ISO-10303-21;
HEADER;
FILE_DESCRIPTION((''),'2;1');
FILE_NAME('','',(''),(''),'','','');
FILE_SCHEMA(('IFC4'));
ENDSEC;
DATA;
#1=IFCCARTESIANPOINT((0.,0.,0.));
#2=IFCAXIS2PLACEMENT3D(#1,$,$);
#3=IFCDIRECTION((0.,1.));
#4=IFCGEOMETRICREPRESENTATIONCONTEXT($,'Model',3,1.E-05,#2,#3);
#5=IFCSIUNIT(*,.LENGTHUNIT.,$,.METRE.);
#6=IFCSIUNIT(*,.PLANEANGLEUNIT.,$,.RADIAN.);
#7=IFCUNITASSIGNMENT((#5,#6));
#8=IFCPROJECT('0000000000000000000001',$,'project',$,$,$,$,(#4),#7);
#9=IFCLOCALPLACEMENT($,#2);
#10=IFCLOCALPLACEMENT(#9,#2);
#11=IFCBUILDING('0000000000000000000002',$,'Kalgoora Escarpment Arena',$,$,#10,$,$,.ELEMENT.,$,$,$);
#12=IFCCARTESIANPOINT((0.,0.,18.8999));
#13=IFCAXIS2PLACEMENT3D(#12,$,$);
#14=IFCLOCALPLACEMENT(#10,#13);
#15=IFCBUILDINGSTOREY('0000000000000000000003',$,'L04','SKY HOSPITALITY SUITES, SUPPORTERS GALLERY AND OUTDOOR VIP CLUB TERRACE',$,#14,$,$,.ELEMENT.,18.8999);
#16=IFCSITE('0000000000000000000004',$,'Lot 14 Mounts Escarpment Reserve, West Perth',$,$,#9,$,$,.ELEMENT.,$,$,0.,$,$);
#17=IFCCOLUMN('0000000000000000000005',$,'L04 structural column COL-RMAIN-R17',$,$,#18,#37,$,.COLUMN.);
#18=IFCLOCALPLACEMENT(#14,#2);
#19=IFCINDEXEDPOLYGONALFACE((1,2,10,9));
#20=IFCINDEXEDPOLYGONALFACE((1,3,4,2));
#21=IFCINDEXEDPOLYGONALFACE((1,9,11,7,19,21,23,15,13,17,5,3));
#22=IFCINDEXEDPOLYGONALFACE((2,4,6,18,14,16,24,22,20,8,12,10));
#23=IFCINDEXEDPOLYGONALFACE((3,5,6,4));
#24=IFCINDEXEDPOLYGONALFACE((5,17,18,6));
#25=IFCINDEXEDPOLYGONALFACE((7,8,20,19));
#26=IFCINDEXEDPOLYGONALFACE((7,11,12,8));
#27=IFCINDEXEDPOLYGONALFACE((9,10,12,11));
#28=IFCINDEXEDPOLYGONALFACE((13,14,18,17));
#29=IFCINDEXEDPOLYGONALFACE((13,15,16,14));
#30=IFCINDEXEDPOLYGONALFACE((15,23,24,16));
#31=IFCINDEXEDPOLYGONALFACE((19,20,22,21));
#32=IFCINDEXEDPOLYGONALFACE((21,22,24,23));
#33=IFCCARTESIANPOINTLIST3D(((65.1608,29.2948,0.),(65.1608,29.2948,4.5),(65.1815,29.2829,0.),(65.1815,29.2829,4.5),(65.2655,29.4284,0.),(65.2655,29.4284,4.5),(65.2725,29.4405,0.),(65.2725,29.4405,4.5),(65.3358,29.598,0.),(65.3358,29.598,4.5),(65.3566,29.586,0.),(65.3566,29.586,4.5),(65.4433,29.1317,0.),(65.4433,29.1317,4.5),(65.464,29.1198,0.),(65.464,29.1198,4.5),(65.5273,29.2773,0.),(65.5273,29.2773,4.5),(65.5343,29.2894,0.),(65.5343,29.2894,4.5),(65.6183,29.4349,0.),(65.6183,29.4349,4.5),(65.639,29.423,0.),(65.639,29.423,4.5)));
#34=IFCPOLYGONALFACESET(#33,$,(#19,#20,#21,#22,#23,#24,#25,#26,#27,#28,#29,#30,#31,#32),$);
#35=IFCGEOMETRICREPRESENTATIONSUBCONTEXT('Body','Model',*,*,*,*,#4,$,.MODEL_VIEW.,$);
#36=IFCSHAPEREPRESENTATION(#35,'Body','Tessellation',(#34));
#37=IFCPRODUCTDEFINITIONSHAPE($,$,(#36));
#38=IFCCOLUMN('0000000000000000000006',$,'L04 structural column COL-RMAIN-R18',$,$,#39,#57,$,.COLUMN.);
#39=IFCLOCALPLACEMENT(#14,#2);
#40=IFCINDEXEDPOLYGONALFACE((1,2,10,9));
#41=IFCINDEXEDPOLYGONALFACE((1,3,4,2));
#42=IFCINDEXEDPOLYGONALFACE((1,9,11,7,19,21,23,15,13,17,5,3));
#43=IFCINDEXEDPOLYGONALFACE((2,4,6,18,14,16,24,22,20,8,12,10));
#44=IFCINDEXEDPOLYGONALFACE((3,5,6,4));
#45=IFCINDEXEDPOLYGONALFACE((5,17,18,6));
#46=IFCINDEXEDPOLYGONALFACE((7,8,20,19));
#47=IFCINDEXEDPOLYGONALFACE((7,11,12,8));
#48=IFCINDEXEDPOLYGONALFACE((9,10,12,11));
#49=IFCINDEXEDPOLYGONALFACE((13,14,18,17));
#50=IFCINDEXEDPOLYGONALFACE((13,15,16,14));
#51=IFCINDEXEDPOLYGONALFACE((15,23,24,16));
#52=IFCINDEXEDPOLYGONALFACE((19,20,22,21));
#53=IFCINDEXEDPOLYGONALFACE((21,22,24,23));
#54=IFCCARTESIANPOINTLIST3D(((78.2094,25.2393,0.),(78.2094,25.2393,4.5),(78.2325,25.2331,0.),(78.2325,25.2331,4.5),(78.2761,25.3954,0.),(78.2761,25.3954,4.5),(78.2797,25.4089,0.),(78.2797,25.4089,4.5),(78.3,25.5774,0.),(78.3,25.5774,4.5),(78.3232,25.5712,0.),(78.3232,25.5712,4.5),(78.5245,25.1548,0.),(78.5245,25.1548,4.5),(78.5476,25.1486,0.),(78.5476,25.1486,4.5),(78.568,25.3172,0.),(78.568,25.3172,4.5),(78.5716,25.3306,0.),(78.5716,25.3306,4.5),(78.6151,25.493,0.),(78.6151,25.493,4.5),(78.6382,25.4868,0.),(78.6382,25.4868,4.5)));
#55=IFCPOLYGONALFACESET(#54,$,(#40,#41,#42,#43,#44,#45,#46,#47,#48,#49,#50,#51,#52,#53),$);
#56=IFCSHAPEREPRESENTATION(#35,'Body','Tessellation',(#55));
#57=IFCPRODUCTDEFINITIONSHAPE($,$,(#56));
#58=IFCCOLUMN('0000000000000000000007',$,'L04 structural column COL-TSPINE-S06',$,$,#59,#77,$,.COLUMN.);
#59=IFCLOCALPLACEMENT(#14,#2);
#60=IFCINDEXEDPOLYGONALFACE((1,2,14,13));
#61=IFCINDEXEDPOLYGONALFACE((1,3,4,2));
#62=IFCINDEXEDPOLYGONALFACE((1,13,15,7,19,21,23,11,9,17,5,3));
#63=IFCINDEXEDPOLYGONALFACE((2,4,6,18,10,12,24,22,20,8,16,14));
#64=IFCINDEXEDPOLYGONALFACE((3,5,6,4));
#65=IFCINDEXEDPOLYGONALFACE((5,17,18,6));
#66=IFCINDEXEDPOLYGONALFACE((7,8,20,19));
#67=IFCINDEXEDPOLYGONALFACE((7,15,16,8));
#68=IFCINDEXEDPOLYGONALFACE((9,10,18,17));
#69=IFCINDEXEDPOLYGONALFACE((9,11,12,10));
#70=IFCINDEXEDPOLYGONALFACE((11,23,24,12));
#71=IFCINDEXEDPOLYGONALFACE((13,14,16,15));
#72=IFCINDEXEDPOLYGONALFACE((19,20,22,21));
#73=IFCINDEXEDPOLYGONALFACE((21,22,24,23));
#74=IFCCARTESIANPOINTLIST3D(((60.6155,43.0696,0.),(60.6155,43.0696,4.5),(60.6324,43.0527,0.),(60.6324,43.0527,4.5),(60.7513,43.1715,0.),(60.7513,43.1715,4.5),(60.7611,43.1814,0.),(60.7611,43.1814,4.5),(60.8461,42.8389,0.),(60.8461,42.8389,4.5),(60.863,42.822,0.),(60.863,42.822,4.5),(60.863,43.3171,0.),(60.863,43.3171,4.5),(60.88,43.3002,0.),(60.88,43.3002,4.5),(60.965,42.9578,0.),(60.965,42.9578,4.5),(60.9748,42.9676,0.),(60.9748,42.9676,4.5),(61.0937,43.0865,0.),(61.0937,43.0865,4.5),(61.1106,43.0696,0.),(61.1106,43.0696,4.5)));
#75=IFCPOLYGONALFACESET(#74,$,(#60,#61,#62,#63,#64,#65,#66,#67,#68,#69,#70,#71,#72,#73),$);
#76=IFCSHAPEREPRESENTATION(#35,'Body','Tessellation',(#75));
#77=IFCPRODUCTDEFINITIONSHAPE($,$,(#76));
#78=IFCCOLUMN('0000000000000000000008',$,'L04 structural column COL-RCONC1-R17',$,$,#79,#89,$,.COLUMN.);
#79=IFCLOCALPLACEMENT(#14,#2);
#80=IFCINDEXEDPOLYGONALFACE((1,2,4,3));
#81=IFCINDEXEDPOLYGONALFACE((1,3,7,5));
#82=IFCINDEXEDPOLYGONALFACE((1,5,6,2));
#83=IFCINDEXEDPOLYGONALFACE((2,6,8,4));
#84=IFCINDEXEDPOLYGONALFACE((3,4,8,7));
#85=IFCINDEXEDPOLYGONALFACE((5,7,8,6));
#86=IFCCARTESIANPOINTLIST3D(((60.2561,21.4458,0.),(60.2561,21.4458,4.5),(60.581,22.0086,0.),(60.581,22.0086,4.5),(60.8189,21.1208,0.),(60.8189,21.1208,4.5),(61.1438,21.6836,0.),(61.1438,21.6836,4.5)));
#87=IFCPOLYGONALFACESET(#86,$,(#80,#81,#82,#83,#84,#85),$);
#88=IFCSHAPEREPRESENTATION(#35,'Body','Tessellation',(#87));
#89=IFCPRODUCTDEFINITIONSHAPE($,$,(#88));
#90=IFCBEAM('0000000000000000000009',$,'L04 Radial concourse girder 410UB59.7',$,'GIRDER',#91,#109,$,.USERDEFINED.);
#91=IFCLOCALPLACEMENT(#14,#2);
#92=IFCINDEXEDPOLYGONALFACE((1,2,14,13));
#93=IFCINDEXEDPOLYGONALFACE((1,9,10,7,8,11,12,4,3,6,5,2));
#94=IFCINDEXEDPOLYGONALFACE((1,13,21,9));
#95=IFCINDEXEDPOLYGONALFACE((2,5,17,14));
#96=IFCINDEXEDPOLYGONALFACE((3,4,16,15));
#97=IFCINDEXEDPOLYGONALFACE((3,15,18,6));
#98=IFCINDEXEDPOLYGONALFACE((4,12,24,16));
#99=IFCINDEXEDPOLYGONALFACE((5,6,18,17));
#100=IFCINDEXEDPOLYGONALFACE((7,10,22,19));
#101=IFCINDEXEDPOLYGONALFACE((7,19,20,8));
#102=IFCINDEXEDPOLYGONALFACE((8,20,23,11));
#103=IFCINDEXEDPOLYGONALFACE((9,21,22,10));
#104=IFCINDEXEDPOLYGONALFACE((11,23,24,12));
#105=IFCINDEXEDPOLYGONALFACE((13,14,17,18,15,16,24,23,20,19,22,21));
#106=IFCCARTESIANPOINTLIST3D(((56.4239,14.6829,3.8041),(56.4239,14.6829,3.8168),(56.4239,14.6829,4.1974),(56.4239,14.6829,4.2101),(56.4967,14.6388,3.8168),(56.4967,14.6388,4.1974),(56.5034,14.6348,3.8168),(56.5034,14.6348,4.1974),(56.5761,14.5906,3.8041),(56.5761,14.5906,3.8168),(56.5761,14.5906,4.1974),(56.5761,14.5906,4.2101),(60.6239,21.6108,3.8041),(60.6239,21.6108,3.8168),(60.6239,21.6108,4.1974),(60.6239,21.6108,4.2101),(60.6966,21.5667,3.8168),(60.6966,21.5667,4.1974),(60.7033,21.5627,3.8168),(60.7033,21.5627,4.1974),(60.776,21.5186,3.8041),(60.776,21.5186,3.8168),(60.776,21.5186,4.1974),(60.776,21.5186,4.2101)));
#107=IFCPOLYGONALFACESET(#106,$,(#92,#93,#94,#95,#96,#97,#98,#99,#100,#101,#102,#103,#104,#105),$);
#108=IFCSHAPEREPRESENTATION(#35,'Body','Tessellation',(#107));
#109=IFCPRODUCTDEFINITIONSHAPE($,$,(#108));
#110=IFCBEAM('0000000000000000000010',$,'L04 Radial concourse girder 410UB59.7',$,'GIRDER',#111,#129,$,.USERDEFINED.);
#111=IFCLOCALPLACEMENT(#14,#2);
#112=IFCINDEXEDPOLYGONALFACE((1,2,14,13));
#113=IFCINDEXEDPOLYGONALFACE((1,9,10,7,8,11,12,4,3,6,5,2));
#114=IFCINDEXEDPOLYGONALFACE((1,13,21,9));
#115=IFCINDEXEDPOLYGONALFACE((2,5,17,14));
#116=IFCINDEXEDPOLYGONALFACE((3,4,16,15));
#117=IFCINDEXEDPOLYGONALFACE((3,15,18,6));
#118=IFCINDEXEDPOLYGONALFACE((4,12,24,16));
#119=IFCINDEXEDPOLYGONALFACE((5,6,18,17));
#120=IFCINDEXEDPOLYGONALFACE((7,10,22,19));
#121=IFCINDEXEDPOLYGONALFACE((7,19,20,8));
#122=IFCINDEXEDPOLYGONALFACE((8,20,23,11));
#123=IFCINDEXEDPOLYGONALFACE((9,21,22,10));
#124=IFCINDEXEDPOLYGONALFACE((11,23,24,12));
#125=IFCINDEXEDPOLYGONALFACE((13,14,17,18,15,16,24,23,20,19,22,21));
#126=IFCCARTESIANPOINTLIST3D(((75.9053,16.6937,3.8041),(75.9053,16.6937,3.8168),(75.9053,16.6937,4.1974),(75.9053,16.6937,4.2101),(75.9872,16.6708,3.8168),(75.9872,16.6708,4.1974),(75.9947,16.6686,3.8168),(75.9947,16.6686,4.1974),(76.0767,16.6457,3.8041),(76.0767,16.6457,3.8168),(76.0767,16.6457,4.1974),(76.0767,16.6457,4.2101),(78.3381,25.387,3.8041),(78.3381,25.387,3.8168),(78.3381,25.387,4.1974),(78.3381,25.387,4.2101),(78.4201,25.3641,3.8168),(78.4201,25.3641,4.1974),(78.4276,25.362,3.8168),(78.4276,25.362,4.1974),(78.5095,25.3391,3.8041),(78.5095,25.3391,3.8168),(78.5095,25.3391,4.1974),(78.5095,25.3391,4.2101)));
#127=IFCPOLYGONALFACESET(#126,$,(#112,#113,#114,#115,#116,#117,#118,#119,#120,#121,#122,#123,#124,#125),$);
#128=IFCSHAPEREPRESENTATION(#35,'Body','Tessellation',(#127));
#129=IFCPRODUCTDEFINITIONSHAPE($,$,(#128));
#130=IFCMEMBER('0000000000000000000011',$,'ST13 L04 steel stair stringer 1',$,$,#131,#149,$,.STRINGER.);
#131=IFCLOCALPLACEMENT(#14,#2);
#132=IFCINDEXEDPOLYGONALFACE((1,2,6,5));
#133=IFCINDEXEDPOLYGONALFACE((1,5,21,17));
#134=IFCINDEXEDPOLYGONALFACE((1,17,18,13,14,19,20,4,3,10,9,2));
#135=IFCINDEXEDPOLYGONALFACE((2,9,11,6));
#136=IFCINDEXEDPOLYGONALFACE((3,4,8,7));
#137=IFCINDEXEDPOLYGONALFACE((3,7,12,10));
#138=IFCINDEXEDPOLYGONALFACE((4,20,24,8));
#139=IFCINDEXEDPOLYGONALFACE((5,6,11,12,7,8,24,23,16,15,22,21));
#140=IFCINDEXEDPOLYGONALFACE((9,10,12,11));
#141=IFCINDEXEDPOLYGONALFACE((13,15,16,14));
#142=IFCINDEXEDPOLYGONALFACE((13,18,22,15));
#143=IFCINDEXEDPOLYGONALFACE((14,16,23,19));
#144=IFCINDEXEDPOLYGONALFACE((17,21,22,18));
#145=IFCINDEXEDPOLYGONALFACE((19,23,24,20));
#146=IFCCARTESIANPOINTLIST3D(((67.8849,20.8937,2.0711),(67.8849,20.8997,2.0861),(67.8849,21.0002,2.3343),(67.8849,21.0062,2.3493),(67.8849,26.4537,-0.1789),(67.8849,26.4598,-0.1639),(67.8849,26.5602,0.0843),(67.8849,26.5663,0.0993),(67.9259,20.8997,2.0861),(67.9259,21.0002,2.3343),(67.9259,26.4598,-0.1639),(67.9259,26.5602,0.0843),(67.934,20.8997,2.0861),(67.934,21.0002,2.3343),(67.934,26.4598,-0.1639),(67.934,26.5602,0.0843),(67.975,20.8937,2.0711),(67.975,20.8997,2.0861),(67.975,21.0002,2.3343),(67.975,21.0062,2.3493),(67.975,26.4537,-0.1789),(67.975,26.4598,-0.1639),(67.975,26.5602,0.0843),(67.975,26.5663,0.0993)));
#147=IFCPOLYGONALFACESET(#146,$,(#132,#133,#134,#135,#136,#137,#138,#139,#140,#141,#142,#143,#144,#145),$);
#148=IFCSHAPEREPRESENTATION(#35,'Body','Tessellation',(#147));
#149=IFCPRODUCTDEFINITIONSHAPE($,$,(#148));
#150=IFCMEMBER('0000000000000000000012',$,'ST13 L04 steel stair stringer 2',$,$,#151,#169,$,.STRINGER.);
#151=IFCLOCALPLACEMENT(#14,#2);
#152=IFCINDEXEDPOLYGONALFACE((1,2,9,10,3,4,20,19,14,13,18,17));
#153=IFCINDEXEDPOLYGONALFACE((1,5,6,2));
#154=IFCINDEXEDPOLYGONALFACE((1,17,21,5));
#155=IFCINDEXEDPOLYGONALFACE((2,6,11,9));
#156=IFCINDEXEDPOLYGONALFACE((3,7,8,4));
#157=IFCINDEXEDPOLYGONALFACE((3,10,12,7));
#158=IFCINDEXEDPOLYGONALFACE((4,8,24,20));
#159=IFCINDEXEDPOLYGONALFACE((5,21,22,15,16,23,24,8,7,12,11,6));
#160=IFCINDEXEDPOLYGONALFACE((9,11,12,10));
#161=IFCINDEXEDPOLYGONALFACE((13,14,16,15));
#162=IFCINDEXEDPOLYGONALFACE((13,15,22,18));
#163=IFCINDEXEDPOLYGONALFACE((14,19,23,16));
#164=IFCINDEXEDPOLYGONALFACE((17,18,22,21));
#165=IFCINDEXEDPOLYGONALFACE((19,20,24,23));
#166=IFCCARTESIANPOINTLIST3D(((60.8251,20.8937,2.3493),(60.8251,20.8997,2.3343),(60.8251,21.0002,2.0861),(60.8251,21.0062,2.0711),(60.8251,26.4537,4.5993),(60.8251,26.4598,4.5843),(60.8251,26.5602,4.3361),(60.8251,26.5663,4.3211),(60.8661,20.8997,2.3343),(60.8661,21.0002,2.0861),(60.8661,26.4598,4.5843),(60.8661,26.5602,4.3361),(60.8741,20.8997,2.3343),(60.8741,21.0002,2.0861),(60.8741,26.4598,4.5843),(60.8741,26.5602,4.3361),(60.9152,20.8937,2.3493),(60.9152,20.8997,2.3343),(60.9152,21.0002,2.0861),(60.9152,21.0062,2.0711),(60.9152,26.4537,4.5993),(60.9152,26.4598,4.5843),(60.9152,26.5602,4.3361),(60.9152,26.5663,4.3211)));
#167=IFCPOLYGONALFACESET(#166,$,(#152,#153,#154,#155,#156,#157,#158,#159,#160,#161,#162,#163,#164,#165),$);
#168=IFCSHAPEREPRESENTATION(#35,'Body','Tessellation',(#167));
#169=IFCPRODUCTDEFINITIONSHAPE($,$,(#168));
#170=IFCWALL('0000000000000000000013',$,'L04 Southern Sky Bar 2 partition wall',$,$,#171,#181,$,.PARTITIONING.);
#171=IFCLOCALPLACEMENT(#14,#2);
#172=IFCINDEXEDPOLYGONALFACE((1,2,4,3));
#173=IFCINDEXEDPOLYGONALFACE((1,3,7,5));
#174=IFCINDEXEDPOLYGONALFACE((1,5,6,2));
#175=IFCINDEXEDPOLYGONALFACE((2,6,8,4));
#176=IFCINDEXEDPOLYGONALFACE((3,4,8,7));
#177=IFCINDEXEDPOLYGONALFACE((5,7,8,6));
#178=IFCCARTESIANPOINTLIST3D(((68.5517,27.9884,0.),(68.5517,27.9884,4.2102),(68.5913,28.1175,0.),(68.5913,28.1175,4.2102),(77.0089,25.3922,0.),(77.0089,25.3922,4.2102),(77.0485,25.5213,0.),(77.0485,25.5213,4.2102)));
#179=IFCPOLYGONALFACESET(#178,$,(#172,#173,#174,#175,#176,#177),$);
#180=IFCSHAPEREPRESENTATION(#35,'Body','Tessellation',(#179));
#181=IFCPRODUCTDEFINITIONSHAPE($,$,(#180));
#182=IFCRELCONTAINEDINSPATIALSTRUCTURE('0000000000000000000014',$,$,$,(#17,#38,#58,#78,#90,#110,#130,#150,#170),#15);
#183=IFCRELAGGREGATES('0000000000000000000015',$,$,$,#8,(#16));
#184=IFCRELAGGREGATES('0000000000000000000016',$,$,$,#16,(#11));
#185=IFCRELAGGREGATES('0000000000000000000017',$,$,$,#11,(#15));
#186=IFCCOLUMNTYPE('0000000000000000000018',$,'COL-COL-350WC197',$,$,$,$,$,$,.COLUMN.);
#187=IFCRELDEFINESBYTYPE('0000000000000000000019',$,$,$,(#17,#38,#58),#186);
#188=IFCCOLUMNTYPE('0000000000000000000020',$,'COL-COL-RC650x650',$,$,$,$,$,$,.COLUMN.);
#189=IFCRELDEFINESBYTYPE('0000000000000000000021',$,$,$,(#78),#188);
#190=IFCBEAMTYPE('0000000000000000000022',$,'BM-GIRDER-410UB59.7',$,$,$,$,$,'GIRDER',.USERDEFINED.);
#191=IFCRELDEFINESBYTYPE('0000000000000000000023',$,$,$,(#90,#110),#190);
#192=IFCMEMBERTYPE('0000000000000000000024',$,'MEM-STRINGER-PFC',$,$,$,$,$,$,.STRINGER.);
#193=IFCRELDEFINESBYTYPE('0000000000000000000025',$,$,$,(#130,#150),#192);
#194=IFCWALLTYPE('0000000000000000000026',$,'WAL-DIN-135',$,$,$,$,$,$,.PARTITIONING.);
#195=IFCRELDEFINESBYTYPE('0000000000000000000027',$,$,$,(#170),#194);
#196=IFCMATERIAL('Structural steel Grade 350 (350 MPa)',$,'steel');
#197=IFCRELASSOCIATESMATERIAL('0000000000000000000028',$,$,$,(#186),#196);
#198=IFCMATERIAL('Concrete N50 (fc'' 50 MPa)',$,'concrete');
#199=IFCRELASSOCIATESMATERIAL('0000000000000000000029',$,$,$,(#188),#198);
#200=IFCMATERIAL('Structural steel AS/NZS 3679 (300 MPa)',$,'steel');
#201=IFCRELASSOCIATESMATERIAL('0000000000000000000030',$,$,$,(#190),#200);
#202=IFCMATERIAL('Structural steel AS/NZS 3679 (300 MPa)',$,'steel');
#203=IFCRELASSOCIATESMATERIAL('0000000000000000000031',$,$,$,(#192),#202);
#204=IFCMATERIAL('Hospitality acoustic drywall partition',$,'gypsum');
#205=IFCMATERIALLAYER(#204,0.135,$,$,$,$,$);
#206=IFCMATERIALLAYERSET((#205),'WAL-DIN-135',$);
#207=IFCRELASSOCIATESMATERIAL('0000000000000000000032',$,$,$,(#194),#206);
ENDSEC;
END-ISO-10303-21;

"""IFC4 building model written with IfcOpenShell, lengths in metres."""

from ifc_helpers import new_model, si_unit, direction, frame, frame_2d, origin, origin_2d, place, context, subcontext, project, spatial, rectangle, i_section, extrude, material, layer, layer_set, material_profile, profile_set, type_object, element, save


model = new_model("IFC4")

# Units and contexts
model_context = context("Model", 3, precision=1e-05, world=origin(), true_north=direction((0.0, 1.0)))
body_context = subcontext(model_context, "Body", "Model", "MODEL_VIEW")
ifc_project = project(units=[si_unit("LENGTHUNIT", "METRE"), si_unit("PLANEANGLEUNIT", "RADIAN")], contexts=[model_context])

# Site, building, storey
site_placement = place(None, origin())
site = spatial("IfcSite", under=ifc_project, at=site_placement, Name="Lot 14 Mounts Escarpment Reserve, West Perth", CompositionType="ELEMENT", RefElevation=0.0)
building_placement = place(site_placement, origin())
building = spatial("IfcBuilding", under=site, at=building_placement, Name="Kalgoora Escarpment Arena", CompositionType="ELEMENT")
storey_placement = place(building_placement, frame((0.0, 0.0, 18.8999)))
storey = spatial("IfcBuildingStorey", under=building, at=storey_placement, Name="L04", Description="SKY HOSPITALITY SUITES, SUPPORTERS GALLERY AND OUTDOOR VIP CLUB TERRACE", CompositionType="ELEMENT", Elevation=18.8999)

# Columns
ifc_material_1 = material(Name="Structural steel Grade 350 (350 MPa)", Category="steel")
ifc_material_profile_1 = material_profile(ifc_material_1, i_section(OverallWidth=0.3501, OverallDepth=0.3501, WebThickness=0.0139, FlangeThickness=0.0239, at=origin_2d()))
ifc_profile_set_1 = profile_set([ifc_material_profile_1], Name="Structural steel Grade 350 (350 MPa)")
column_type_1 = type_object("IfcColumnType", Name="COL-COL-350WC197", PredefinedType="COLUMN", material=ifc_profile_set_1)
for number, where, z_axis, x_axis, name in (
    (1, (65.3999, 29.3589, 0.0), (0.0, 0.0, 1.0), (-0.5, -0.866025, 0.0), "L04 structural column COL-RMAIN-R17"),
    (2, (78.4238, 25.363, 0.0), (0.0, 0.0, 1.0), (-0.258819, -0.965926, 0.0), "L04 structural column COL-RMAIN-R18"),
    (3, (60.863, 43.0696, 0.0), (0.0, 0.0, 1.0), (-0.707107, -0.707107, 0.0), "L04 structural column COL-TSPINE-S06"),
):
    element("IfcColumn", number, at=place(storey_placement, frame(where, z_axis=z_axis, x_axis=x_axis)), inside=storey, type_object=column_type_1, Name=name, PredefinedType="COLUMN", context=body_context, shape_type="SweptSolid", body=[
        extrude(i_section(OverallWidth=0.3501, OverallDepth=0.3501, WebThickness=0.0139, FlangeThickness=0.0239, at=origin_2d()), origin(), (0.0, 0.0, 1.0), 4.5),
    ])
ifc_material_2 = material(Name="Concrete N50 (fc' 50 MPa)", Category="concrete")
ifc_material_profile_2 = material_profile(ifc_material_2, rectangle(XDim=0.6499, YDim=0.6499, at=origin_2d()))
ifc_profile_set_2 = profile_set([ifc_material_profile_2], Name="Concrete N50 (fc' 50 MPa)")
column_type_2 = type_object("IfcColumnType", Name="COL-COL-RC650x650", PredefinedType="COLUMN", material=ifc_profile_set_2)
column_placement = place(storey_placement, frame((60.7, 21.5647, 0.0), z_axis=(0.0, 0.0, 1.0), x_axis=(-0.5, -0.866025, 0.0)))
element("IfcColumn", 4, at=column_placement, inside=storey, type_object=column_type_2, Name="L04 structural column COL-RCONC1-R17", PredefinedType="COLUMN", context=body_context, shape_type="SweptSolid", body=[
    extrude(rectangle(XDim=0.6499, YDim=0.6499, at=origin_2d()), origin(), (0.0, 0.0, 1.0), 4.5),
])

# Beams
ifc_material_3 = material(Name="Structural steel AS/NZS 3679 (300 MPa)", Category="steel")
ifc_material_profile_3 = material_profile(ifc_material_3, i_section(OverallWidth=0.178, OverallDepth=0.406, WebThickness=0.0078, FlangeThickness=0.0127, at=origin_2d()))
ifc_profile_set_3 = profile_set([ifc_material_profile_3], Name="Structural steel AS/NZS 3679 (300 MPa)")
beam_type = type_object("IfcBeamType", Name="BM-GIRDER-410UB59.7", ElementType="GIRDER", PredefinedType="USERDEFINED", material=ifc_profile_set_3)
beam_1_placement = place(storey_placement, frame((60.7, 21.5647, 4.0071), z_axis=(-0.518408, -0.855133, 0.0), x_axis=(0.855133, -0.518408, 0.0)))
element("IfcBeam", 5, at=beam_1_placement, inside=storey, type_object=beam_type, Name="L04 Radial concourse girder 410UB59.7", ObjectType="GIRDER", PredefinedType="USERDEFINED", context=body_context, shape_type="SweptSolid", body=[
    extrude(i_section(OverallWidth=0.178, OverallDepth=0.406, WebThickness=0.0078, FlangeThickness=0.0127, at=origin_2d()), origin(), (0.0, 0.0, 1.0), 8.1016),
])
beam_2_placement = place(storey_placement, frame((78.4238, 25.363, 4.0071), z_axis=(-0.269499, -0.963001, 0.0), x_axis=(0.963001, -0.269499, 0.0)))
element("IfcBeam", 6, at=beam_2_placement, inside=storey, type_object=beam_type, Name="L04 Radial concourse girder 410UB59.7", ObjectType="GIRDER", PredefinedType="USERDEFINED", context=body_context, shape_type="SweptSolid", body=[
    extrude(i_section(OverallWidth=0.178, OverallDepth=0.406, WebThickness=0.0078, FlangeThickness=0.0127, at=origin_2d()), origin(), (0.0, 0.0, 1.0), 9.0273),
])

# Members
ifc_material_4 = material(Name="Structural steel AS/NZS 3679 (300 MPa)", Category="steel")
ifc_material_profile_4 = material_profile(ifc_material_4, i_section(OverallWidth=0.0901, OverallDepth=0.3, WebThickness=0.0081, FlangeThickness=0.0161, at=origin_2d()))
ifc_profile_set_4 = profile_set([ifc_material_profile_4], Name="Structural steel AS/NZS 3679 (300 MPa)")
member_type = type_object("IfcMemberType", Name="MEM-STRINGER-PFC", PredefinedType="STRINGER", material=ifc_profile_set_4)
for number, where, z_axis, x_axis, name in (
    (7, (67.9299, 26.51, -0.0398), (0.0, -0.926976, 0.375121), (1.0, 0.0, 0.0), "ST13 L04 steel stair stringer 1"),
    (8, (60.8701, 20.95, 2.2102), (0.0, 0.926976, 0.375121), (-1.0, 0.0, 0.0), "ST13 L04 steel stair stringer 2"),
):
    element("IfcMember", number, at=place(storey_placement, frame(where, z_axis=z_axis, x_axis=x_axis)), inside=storey, type_object=member_type, Name=name, PredefinedType="STRINGER", context=body_context, shape_type="SweptSolid", body=[
        extrude(i_section(OverallWidth=0.0901, OverallDepth=0.3, WebThickness=0.0081, FlangeThickness=0.0161, at=origin_2d()), origin(), (0.0, 0.0, 1.0), 5.998),
    ])

# Wall
ifc_material_5 = material(Name="Hospitality acoustic drywall partition", Category="gypsum")
ifc_layer_1 = layer(ifc_material_5, 0.135)
ifc_layer_set_1 = layer_set([ifc_layer_1], Name="WAL-DIN-135")
wall_type_1 = type_object("IfcWallType", Name="WAL-DIN-135", PredefinedType="PARTITIONING", material=ifc_layer_set_1)
wall_1_placement = place(storey_placement, frame((68.5715, 28.053, 0.0), z_axis=(0.0, 0.0, 1.0), x_axis=(0.955969, -0.293469, 0.0)))
element("IfcWall", 9, at=wall_1_placement, inside=storey, type_object=wall_type_1, Name="L04 Southern Sky Bar 2 partition wall", PredefinedType="PARTITIONING", context=body_context, shape_type="SweptSolid", body=[
    extrude(rectangle(XDim=8.8467, YDim=0.135, at=frame_2d((4.4233, 0.0))), origin(), (0.0, 0.0, 1.0), 4.2102),
])

save(model, "model.ifc")
